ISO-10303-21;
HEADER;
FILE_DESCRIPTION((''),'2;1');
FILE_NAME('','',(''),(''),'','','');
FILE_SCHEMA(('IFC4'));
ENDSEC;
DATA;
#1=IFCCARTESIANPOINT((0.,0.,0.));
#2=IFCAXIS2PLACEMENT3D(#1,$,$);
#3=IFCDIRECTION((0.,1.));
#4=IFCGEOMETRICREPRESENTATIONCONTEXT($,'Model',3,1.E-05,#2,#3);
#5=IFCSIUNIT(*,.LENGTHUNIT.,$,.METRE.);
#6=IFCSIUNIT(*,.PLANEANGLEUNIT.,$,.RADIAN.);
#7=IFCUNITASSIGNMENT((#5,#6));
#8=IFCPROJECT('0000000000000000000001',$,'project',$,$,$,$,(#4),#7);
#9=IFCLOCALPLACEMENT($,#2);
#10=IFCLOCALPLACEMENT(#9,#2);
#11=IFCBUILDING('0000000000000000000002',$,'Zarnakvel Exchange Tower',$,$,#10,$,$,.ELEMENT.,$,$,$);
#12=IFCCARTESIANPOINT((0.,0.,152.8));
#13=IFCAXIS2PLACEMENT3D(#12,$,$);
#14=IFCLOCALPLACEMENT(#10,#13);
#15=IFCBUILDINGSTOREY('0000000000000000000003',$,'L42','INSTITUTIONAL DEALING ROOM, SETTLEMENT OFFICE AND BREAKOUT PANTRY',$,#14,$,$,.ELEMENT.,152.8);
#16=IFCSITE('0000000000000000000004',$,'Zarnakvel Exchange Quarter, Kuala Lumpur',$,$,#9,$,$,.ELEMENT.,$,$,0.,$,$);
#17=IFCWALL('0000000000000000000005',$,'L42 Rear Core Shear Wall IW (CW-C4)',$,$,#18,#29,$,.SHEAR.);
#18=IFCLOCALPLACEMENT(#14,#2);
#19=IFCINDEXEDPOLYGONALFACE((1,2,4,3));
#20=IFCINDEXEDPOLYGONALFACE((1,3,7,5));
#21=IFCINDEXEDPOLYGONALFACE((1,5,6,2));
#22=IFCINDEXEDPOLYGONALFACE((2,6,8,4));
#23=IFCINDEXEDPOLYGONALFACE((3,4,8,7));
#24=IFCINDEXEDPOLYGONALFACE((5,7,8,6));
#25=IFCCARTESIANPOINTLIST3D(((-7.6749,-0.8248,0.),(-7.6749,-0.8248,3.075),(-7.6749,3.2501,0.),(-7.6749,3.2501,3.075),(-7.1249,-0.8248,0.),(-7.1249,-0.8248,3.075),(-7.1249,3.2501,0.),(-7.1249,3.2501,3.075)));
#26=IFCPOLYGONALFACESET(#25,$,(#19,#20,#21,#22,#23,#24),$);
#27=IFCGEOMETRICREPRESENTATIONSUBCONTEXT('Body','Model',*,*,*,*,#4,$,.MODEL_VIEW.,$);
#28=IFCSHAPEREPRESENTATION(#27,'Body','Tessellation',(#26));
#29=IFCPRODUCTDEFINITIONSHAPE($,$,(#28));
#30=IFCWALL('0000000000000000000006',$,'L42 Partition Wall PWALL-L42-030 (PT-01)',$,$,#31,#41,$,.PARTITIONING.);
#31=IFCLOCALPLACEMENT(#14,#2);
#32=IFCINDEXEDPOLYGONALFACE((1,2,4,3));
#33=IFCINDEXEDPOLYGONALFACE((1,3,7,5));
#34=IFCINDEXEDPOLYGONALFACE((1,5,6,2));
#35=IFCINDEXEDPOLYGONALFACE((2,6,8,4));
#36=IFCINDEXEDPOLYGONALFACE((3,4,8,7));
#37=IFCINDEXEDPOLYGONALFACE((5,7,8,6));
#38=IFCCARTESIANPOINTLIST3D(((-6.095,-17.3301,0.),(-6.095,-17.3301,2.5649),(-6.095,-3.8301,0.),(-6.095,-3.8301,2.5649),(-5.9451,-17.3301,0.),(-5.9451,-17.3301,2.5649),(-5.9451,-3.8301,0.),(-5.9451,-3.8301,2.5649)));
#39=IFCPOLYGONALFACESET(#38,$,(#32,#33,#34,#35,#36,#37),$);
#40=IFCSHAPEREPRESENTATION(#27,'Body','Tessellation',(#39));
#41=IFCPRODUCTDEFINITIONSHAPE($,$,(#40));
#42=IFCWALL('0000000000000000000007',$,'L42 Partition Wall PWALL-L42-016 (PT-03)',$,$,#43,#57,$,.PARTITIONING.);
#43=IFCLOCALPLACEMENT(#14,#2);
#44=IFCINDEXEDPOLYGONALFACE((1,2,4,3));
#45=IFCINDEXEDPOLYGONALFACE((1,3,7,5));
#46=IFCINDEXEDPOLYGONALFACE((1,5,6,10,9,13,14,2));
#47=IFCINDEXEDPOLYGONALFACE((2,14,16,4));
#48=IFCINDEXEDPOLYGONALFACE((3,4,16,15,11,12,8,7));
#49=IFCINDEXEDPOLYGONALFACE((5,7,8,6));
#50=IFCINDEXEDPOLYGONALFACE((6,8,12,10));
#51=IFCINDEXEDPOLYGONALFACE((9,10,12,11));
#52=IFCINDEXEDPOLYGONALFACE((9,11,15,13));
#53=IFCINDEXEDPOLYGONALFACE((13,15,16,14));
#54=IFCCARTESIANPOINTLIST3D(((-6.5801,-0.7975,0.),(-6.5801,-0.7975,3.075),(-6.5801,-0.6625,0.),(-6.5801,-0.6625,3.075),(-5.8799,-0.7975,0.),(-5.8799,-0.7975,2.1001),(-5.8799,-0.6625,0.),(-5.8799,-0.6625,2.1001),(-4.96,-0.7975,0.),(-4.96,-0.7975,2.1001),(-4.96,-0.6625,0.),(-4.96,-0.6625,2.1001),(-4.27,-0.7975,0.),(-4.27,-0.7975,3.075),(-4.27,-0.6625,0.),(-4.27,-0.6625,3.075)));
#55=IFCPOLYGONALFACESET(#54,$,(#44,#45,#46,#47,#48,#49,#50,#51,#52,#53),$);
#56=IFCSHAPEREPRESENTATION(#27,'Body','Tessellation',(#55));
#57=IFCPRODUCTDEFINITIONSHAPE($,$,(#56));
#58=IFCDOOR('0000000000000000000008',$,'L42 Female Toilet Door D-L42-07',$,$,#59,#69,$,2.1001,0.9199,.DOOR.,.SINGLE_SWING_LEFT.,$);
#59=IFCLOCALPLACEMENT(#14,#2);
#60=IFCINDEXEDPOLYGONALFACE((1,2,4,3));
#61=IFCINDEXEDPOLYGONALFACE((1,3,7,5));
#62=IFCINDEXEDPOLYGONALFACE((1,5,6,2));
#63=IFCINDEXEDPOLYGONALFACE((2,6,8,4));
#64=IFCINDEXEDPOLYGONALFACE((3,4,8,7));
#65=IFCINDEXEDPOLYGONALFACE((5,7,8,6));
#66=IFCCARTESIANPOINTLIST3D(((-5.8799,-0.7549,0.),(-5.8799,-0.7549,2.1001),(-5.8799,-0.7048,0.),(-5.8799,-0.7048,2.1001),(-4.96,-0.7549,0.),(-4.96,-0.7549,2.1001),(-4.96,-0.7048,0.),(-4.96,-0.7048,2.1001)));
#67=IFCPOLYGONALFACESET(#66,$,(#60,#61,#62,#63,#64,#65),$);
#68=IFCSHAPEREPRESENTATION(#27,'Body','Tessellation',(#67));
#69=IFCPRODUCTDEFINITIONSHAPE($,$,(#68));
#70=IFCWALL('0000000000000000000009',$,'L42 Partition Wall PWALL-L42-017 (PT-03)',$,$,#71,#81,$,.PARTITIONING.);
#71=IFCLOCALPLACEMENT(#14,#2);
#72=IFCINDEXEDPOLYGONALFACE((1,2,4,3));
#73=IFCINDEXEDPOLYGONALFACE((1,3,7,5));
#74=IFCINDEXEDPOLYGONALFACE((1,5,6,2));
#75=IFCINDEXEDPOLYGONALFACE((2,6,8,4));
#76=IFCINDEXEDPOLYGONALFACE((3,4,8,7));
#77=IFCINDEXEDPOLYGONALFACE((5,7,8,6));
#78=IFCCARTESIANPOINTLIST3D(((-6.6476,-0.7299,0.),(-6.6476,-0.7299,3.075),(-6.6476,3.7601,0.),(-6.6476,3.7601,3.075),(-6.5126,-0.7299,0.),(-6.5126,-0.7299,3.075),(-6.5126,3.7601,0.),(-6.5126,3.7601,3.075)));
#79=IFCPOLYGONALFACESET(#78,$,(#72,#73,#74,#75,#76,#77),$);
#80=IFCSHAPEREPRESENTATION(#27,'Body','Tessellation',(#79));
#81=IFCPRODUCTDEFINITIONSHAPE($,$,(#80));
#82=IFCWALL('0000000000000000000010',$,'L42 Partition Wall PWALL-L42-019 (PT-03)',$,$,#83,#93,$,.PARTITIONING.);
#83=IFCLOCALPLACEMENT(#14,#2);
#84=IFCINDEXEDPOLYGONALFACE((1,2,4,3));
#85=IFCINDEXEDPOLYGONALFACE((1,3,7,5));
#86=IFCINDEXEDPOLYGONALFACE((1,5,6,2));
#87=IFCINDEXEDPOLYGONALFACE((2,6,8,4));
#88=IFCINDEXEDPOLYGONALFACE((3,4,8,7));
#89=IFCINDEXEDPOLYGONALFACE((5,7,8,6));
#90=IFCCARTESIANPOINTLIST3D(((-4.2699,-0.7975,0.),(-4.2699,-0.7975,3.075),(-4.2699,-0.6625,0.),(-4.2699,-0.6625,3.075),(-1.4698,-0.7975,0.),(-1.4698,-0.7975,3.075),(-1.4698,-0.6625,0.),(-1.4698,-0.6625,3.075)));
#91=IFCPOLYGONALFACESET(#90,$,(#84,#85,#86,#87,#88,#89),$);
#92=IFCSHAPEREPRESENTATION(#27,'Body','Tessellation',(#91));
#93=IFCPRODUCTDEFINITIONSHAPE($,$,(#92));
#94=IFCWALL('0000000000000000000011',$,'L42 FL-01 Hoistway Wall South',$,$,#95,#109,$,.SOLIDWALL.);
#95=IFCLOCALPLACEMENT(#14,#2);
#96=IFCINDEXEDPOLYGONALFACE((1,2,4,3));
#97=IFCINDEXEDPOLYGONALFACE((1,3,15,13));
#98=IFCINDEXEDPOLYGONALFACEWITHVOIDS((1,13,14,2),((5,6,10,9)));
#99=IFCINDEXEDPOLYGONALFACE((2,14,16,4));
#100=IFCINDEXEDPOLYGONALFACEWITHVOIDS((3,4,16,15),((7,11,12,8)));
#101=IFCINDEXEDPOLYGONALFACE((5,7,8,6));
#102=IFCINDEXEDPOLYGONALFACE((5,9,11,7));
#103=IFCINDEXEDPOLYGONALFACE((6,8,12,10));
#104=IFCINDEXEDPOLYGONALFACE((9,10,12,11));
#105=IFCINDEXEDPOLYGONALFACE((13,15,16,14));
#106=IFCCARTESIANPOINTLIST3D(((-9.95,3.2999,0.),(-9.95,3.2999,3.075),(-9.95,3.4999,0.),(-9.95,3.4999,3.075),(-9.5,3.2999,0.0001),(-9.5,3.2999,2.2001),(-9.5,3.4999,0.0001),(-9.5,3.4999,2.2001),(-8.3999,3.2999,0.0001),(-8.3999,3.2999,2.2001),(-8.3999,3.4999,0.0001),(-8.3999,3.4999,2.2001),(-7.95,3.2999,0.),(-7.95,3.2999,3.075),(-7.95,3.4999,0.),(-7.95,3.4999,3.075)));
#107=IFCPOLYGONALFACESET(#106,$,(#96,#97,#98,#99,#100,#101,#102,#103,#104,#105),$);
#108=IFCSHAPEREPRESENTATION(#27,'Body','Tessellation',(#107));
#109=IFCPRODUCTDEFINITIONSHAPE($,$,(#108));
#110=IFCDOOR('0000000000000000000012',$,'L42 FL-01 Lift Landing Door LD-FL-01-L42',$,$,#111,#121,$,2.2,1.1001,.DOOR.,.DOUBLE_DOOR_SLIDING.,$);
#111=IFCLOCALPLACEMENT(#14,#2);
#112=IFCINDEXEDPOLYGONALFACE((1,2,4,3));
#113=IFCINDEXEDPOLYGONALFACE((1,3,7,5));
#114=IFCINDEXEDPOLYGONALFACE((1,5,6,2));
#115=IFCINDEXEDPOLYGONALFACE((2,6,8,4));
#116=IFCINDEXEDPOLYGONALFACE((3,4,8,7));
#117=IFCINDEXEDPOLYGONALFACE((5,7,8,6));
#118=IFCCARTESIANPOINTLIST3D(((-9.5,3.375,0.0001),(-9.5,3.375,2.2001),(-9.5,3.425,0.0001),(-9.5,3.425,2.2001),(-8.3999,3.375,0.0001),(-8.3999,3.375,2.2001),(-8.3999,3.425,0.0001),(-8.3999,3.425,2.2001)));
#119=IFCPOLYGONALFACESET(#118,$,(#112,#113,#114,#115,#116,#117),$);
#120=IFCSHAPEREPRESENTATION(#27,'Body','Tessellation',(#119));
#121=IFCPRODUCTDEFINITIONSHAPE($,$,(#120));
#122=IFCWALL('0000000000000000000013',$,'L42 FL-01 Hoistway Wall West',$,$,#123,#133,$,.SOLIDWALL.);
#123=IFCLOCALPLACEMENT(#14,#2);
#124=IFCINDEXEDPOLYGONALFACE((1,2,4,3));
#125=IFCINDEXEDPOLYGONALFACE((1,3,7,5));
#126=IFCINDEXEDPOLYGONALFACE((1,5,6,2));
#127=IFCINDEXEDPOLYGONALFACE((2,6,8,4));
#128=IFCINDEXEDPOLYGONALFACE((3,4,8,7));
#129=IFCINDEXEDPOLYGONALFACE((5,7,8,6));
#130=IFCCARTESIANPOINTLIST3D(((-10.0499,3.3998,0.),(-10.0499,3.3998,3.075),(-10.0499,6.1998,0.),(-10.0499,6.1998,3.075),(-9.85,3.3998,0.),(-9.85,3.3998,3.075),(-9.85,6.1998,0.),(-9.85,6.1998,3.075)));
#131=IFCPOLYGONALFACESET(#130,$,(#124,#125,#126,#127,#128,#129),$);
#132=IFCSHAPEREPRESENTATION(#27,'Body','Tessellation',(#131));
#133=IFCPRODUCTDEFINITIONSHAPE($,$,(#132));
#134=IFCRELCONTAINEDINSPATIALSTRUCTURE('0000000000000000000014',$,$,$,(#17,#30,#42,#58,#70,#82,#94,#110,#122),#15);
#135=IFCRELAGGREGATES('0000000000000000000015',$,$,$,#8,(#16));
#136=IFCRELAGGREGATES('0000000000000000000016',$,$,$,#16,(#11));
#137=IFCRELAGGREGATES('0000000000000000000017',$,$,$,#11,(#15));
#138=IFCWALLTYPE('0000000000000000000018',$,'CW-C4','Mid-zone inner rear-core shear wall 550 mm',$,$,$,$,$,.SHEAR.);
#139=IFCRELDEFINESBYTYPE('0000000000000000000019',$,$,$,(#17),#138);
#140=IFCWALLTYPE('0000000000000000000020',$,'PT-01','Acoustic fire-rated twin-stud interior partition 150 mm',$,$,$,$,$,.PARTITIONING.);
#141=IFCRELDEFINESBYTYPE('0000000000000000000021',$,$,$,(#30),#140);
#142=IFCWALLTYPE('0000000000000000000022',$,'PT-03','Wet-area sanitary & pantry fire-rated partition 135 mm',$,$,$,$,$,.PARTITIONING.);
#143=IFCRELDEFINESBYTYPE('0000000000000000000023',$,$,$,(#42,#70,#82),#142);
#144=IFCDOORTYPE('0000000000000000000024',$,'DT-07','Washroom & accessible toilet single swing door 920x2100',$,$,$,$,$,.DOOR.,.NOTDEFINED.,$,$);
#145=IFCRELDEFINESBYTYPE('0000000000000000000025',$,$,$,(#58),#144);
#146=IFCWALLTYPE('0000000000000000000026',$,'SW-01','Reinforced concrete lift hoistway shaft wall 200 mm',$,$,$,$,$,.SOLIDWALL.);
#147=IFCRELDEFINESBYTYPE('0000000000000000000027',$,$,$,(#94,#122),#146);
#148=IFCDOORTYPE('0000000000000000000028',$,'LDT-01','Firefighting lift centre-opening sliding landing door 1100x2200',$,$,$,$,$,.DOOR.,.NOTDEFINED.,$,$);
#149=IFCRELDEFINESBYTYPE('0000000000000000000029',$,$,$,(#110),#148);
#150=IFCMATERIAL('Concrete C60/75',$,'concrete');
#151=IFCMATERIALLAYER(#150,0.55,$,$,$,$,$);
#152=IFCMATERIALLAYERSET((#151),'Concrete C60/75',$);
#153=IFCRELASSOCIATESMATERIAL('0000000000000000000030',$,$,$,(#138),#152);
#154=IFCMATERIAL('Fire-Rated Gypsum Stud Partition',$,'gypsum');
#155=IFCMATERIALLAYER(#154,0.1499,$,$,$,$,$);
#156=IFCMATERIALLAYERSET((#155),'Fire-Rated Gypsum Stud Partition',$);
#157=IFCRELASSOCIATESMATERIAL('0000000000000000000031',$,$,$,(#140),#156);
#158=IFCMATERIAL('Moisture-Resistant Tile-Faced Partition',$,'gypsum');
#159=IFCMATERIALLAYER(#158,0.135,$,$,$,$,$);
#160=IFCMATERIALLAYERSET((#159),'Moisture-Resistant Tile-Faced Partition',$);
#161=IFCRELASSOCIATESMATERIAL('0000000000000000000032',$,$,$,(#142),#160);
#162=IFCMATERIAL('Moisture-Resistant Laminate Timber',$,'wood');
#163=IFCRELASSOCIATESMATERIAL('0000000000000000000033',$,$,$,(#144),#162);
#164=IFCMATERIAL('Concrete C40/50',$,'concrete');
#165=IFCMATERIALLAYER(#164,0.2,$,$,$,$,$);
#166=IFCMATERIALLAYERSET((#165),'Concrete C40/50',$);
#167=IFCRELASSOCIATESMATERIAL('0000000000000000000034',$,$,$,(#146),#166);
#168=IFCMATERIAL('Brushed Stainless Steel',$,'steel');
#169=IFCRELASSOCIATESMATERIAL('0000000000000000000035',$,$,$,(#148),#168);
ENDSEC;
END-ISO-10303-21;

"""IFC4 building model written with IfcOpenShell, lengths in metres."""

from ifc_helpers import new_model, si_unit, direction, frame, frame_2d, origin, place, context, subcontext, project, spatial, rectangle, extrude, source, transform, mapped, material, layer, layer_set, type_object, element, fill, save


model = new_model("IFC4")

# Units and contexts
model_context = context("Model", 3, precision=1e-05, world=origin(), true_north=direction((0.0, 1.0)))
body_context = subcontext(model_context, "Body", "Model", "MODEL_VIEW")
ifc_project = project(units=[si_unit("LENGTHUNIT", "METRE"), si_unit("PLANEANGLEUNIT", "RADIAN")], contexts=[model_context])

# Site, building, storey
site_placement = place(None, origin())
site = spatial("IfcSite", under=ifc_project, at=site_placement, Name="Zarnakvel Exchange Quarter, Kuala Lumpur", CompositionType="ELEMENT", RefElevation=0.0)
building_placement = place(site_placement, origin())
building = spatial("IfcBuilding", under=site, at=building_placement, Name="Zarnakvel Exchange Tower", CompositionType="ELEMENT")
storey_placement = place(building_placement, frame((0.0, 0.0, 152.8)))
storey = spatial("IfcBuildingStorey", under=building, at=storey_placement, Name="L42", Description="INSTITUTIONAL DEALING ROOM, SETTLEMENT OFFICE AND BREAKOUT PANTRY", CompositionType="ELEMENT", Elevation=152.8)

# Shared definitions
ifc_material_1 = material(Name="Concrete C60/75", Category="concrete")

# Shared definitions
ifc_material_2 = material(Name="Concrete C40/50", Category="concrete")

# Walls
ifc_layer_1 = layer(ifc_material_1, 0.55)
ifc_layer_set_1 = layer_set([ifc_layer_1], Name="Concrete C60/75")
wall_type_1 = type_object("IfcWallType", Name="CW-C4", Description="Mid-zone inner rear-core shear wall 550 mm", PredefinedType="SHEAR", material=ifc_layer_set_1)
wall_1_placement = place(storey_placement, frame((-7.3999, -0.825, 0.0), z_axis=(0.0, 0.0, 1.0), x_axis=(0.0, 1.0, 0.0)))
element("IfcWall", 1, at=wall_1_placement, inside=storey, type_object=wall_type_1, Name="L42 Rear Core Shear Wall IW (CW-C4)", PredefinedType="SHEAR", context=body_context, shape_type="SweptSolid", body=[
    extrude(rectangle(XDim=4.075, YDim=0.55, at=frame_2d((2.0376, 0.0))), origin(), (0.0, 0.0, 1.0), 3.075),
])
ifc_material_3 = material(Name="Fire-Rated Gypsum Stud Partition", Category="gypsum")
ifc_layer_2 = layer(ifc_material_3, 0.1499)
ifc_layer_set_2 = layer_set([ifc_layer_2], Name="Fire-Rated Gypsum Stud Partition")
wall_type_2 = type_object("IfcWallType", Name="PT-01", Description="Acoustic fire-rated twin-stud interior partition 150 mm", PredefinedType="PARTITIONING", material=ifc_layer_set_2)
wall_2_placement = place(storey_placement, frame((-6.02, -3.8301, 0.0), z_axis=(0.0, 0.0, 1.0), x_axis=(0.0, -1.0, 0.0)))
element("IfcWall", 2, at=wall_2_placement, inside=storey, type_object=wall_type_2, Name="L42 Partition Wall PWALL-L42-030 (PT-01)", PredefinedType="PARTITIONING", context=body_context, shape_type="SweptSolid", body=[
    extrude(rectangle(XDim=13.5, YDim=0.1499, at=frame_2d((6.75, 0.0))), origin(), (0.0, 0.0, 1.0), 2.5649),
])

# Wall, opening, door
ifc_material_4 = material(Name="Moisture-Resistant Tile-Faced Partition", Category="gypsum")
ifc_layer_3 = layer(ifc_material_4, 0.135)
ifc_layer_set_3 = layer_set([ifc_layer_3], Name="Moisture-Resistant Tile-Faced Partition")
wall_type_3 = type_object("IfcWallType", Name="PT-03", Description="Wet-area sanitary & pantry fire-rated partition 135 mm", PredefinedType="PARTITIONING", material=ifc_layer_set_3)
wall_3_placement = place(storey_placement, frame((-4.27, -0.73, 0.0), z_axis=(0.0, 0.0, 1.0), x_axis=(-1.0, 0.0, 0.0)))
wall_3 = element("IfcWall", 3, at=wall_3_placement, inside=storey, type_object=wall_type_3, Name="L42 Partition Wall PWALL-L42-016 (PT-03)", PredefinedType="PARTITIONING", context=body_context, shape_type="SweptSolid", body=[
    extrude(rectangle(XDim=2.3101, YDim=0.135, at=frame_2d((1.155, 0.0))), origin(), (0.0, 0.0, 1.0), 3.075),
])
opening_1_placement = place(wall_3_placement, frame((0.6899, 0.0, 0.0)))
opening_1 = element("IfcOpeningElement", 4, at=opening_1_placement, cuts=wall_3, PredefinedType="OPENING", context=body_context, shape_type="SweptSolid", body=[
    extrude(rectangle(XDim=0.9199, YDim=2.1001, at=frame_2d((0.46, 1.05))), frame((0.0, 0.0774, 0.0), z_axis=(0.0, -1.0, 0.0), x_axis=(1.0, 0.0, 0.0)), (0.0, 0.0, 1.0), 0.155),
])
ifc_material_5 = material(Name="Moisture-Resistant Laminate Timber", Category="wood")
door_type_1 = type_object("IfcDoorType", Name="DT-07", Description="Washroom & accessible toilet single swing door 920x2100", OperationType="NOTDEFINED", PredefinedType="DOOR", material=ifc_material_5)
shared_shape_1 = source(origin(), body_context, "Body", "SweptSolid", [
    extrude(rectangle(XDim=0.9199, YDim=2.1001, at=frame_2d((0.46, 1.05))), frame((0.0, 0.0249, 0.0), z_axis=(0.0, -1.0, 0.0), x_axis=(1.0, 0.0, 0.0)), (0.0, 0.0, 1.0), 0.05),
])
door_1_placement = place(opening_1_placement, origin())
door_1 = element("IfcDoor", 5, at=door_1_placement, inside=storey, type_object=door_type_1, Name="L42 Female Toilet Door D-L42-07", OperationType="SINGLE_SWING_LEFT", OverallHeight=2.1001, OverallWidth=0.9199, PredefinedType="DOOR", context=body_context, shape_type="MappedRepresentation", body=[
    mapped(shared_shape_1, transform((0.0, 0.0, 0.0), x_axis=(1.0, 0.0, 0.0), y_axis=(0.0, 1.0, 0.0), z_axis=(0.0, 0.0, 1.0), scale=1.0)),
])
fill(opening_1, door_1)

# Walls
wall_4_placement = place(storey_placement, frame((-6.5801, -0.73, 0.0), z_axis=(0.0, 0.0, 1.0), x_axis=(0.0, 1.0, 0.0)))
element("IfcWall", 6, at=wall_4_placement, inside=storey, type_object=wall_type_3, Name="L42 Partition Wall PWALL-L42-017 (PT-03)", PredefinedType="PARTITIONING", context=body_context, shape_type="SweptSolid", body=[
    extrude(rectangle(XDim=4.49, YDim=0.135, at=frame_2d((2.2451, 0.0))), origin(), (0.0, 0.0, 1.0), 3.075),
])
wall_5_placement = place(storey_placement, frame((-1.47, -0.73, 0.0), z_axis=(0.0, 0.0, 1.0), x_axis=(-1.0, 0.0, 0.0)))
element("IfcWall", 7, at=wall_5_placement, inside=storey, type_object=wall_type_3, Name="L42 Partition Wall PWALL-L42-019 (PT-03)", PredefinedType="PARTITIONING", context=body_context, shape_type="SweptSolid", body=[
    extrude(rectangle(XDim=2.8, YDim=0.135, at=frame_2d((1.3999, 0.0))), origin(), (0.0, 0.0, 1.0), 3.075),
])

# Wall, opening, door
ifc_layer_4 = layer(ifc_material_2, 0.2)
ifc_layer_set_4 = layer_set([ifc_layer_4], Name="Concrete C40/50")
wall_type_4 = type_object("IfcWallType", Name="SW-01", Description="Reinforced concrete lift hoistway shaft wall 200 mm", PredefinedType="SOLIDWALL", material=ifc_layer_set_4)
wall_6_placement = place(storey_placement, frame((-7.95, 3.3999, 0.0), z_axis=(0.0, 0.0, 1.0), x_axis=(-1.0, 0.0, 0.0)))
wall_6 = element("IfcWall", 8, at=wall_6_placement, inside=storey, type_object=wall_type_4, Name="L42 FL-01 Hoistway Wall South", PredefinedType="SOLIDWALL", context=body_context, shape_type="SweptSolid", body=[
    extrude(rectangle(XDim=2.0, YDim=0.2, at=frame_2d((1.0, 0.0))), origin(), (0.0, 0.0, 1.0), 3.075),
])
opening_2_placement = place(wall_6_placement, frame((0.45, 0.0, 0.0)))
opening_2 = element("IfcOpeningElement", 9, at=opening_2_placement, cuts=wall_6, PredefinedType="OPENING", context=body_context, shape_type="SweptSolid", body=[
    extrude(rectangle(XDim=1.1001, YDim=2.2, at=frame_2d((0.55, 1.1001))), frame((0.0, 0.1099, 0.0), z_axis=(0.0, -1.0, 0.0), x_axis=(1.0, 0.0, 0.0)), (0.0, 0.0, 1.0), 0.22),
])
ifc_material_6 = material(Name="Brushed Stainless Steel", Category="steel")
door_type_2 = type_object("IfcDoorType", Name="LDT-01", Description="Firefighting lift centre-opening sliding landing door 1100x2200", OperationType="NOTDEFINED", PredefinedType="DOOR", material=ifc_material_6)
shared_shape_2 = source(origin(), body_context, "Body", "SweptSolid", [
    extrude(rectangle(XDim=1.1001, YDim=2.2, at=frame_2d((0.55, 1.1001))), frame((0.0, 0.0249, 0.0), z_axis=(0.0, -1.0, 0.0), x_axis=(1.0, 0.0, 0.0)), (0.0, 0.0, 1.0), 0.05),
])
door_2_placement = place(opening_2_placement, origin())
door_2 = element("IfcDoor", 10, at=door_2_placement, inside=storey, type_object=door_type_2, Name="L42 FL-01 Lift Landing Door LD-FL-01-L42", OperationType="DOUBLE_DOOR_SLIDING", OverallHeight=2.2, OverallWidth=1.1001, PredefinedType="DOOR", context=body_context, shape_type="MappedRepresentation", body=[
    mapped(shared_shape_2, transform((0.0, 0.0, 0.0), x_axis=(1.0, 0.0, 0.0), y_axis=(0.0, 1.0, 0.0), z_axis=(0.0, 0.0, 1.0), scale=1.0)),
])
fill(opening_2, door_2)

# Wall
wall_7_placement = place(storey_placement, frame((-9.95, 3.3999, 0.0), z_axis=(0.0, 0.0, 1.0), x_axis=(0.0, 1.0, 0.0)))
element("IfcWall", 11, at=wall_7_placement, inside=storey, type_object=wall_type_4, Name="L42 FL-01 Hoistway Wall West", PredefinedType="SOLIDWALL", context=body_context, shape_type="SweptSolid", body=[
    extrude(rectangle(XDim=2.8, YDim=0.2, at=frame_2d((1.3999, 0.0))), origin(), (0.0, 0.0, 1.0), 3.075),
])

save(model, "model.ifc")
